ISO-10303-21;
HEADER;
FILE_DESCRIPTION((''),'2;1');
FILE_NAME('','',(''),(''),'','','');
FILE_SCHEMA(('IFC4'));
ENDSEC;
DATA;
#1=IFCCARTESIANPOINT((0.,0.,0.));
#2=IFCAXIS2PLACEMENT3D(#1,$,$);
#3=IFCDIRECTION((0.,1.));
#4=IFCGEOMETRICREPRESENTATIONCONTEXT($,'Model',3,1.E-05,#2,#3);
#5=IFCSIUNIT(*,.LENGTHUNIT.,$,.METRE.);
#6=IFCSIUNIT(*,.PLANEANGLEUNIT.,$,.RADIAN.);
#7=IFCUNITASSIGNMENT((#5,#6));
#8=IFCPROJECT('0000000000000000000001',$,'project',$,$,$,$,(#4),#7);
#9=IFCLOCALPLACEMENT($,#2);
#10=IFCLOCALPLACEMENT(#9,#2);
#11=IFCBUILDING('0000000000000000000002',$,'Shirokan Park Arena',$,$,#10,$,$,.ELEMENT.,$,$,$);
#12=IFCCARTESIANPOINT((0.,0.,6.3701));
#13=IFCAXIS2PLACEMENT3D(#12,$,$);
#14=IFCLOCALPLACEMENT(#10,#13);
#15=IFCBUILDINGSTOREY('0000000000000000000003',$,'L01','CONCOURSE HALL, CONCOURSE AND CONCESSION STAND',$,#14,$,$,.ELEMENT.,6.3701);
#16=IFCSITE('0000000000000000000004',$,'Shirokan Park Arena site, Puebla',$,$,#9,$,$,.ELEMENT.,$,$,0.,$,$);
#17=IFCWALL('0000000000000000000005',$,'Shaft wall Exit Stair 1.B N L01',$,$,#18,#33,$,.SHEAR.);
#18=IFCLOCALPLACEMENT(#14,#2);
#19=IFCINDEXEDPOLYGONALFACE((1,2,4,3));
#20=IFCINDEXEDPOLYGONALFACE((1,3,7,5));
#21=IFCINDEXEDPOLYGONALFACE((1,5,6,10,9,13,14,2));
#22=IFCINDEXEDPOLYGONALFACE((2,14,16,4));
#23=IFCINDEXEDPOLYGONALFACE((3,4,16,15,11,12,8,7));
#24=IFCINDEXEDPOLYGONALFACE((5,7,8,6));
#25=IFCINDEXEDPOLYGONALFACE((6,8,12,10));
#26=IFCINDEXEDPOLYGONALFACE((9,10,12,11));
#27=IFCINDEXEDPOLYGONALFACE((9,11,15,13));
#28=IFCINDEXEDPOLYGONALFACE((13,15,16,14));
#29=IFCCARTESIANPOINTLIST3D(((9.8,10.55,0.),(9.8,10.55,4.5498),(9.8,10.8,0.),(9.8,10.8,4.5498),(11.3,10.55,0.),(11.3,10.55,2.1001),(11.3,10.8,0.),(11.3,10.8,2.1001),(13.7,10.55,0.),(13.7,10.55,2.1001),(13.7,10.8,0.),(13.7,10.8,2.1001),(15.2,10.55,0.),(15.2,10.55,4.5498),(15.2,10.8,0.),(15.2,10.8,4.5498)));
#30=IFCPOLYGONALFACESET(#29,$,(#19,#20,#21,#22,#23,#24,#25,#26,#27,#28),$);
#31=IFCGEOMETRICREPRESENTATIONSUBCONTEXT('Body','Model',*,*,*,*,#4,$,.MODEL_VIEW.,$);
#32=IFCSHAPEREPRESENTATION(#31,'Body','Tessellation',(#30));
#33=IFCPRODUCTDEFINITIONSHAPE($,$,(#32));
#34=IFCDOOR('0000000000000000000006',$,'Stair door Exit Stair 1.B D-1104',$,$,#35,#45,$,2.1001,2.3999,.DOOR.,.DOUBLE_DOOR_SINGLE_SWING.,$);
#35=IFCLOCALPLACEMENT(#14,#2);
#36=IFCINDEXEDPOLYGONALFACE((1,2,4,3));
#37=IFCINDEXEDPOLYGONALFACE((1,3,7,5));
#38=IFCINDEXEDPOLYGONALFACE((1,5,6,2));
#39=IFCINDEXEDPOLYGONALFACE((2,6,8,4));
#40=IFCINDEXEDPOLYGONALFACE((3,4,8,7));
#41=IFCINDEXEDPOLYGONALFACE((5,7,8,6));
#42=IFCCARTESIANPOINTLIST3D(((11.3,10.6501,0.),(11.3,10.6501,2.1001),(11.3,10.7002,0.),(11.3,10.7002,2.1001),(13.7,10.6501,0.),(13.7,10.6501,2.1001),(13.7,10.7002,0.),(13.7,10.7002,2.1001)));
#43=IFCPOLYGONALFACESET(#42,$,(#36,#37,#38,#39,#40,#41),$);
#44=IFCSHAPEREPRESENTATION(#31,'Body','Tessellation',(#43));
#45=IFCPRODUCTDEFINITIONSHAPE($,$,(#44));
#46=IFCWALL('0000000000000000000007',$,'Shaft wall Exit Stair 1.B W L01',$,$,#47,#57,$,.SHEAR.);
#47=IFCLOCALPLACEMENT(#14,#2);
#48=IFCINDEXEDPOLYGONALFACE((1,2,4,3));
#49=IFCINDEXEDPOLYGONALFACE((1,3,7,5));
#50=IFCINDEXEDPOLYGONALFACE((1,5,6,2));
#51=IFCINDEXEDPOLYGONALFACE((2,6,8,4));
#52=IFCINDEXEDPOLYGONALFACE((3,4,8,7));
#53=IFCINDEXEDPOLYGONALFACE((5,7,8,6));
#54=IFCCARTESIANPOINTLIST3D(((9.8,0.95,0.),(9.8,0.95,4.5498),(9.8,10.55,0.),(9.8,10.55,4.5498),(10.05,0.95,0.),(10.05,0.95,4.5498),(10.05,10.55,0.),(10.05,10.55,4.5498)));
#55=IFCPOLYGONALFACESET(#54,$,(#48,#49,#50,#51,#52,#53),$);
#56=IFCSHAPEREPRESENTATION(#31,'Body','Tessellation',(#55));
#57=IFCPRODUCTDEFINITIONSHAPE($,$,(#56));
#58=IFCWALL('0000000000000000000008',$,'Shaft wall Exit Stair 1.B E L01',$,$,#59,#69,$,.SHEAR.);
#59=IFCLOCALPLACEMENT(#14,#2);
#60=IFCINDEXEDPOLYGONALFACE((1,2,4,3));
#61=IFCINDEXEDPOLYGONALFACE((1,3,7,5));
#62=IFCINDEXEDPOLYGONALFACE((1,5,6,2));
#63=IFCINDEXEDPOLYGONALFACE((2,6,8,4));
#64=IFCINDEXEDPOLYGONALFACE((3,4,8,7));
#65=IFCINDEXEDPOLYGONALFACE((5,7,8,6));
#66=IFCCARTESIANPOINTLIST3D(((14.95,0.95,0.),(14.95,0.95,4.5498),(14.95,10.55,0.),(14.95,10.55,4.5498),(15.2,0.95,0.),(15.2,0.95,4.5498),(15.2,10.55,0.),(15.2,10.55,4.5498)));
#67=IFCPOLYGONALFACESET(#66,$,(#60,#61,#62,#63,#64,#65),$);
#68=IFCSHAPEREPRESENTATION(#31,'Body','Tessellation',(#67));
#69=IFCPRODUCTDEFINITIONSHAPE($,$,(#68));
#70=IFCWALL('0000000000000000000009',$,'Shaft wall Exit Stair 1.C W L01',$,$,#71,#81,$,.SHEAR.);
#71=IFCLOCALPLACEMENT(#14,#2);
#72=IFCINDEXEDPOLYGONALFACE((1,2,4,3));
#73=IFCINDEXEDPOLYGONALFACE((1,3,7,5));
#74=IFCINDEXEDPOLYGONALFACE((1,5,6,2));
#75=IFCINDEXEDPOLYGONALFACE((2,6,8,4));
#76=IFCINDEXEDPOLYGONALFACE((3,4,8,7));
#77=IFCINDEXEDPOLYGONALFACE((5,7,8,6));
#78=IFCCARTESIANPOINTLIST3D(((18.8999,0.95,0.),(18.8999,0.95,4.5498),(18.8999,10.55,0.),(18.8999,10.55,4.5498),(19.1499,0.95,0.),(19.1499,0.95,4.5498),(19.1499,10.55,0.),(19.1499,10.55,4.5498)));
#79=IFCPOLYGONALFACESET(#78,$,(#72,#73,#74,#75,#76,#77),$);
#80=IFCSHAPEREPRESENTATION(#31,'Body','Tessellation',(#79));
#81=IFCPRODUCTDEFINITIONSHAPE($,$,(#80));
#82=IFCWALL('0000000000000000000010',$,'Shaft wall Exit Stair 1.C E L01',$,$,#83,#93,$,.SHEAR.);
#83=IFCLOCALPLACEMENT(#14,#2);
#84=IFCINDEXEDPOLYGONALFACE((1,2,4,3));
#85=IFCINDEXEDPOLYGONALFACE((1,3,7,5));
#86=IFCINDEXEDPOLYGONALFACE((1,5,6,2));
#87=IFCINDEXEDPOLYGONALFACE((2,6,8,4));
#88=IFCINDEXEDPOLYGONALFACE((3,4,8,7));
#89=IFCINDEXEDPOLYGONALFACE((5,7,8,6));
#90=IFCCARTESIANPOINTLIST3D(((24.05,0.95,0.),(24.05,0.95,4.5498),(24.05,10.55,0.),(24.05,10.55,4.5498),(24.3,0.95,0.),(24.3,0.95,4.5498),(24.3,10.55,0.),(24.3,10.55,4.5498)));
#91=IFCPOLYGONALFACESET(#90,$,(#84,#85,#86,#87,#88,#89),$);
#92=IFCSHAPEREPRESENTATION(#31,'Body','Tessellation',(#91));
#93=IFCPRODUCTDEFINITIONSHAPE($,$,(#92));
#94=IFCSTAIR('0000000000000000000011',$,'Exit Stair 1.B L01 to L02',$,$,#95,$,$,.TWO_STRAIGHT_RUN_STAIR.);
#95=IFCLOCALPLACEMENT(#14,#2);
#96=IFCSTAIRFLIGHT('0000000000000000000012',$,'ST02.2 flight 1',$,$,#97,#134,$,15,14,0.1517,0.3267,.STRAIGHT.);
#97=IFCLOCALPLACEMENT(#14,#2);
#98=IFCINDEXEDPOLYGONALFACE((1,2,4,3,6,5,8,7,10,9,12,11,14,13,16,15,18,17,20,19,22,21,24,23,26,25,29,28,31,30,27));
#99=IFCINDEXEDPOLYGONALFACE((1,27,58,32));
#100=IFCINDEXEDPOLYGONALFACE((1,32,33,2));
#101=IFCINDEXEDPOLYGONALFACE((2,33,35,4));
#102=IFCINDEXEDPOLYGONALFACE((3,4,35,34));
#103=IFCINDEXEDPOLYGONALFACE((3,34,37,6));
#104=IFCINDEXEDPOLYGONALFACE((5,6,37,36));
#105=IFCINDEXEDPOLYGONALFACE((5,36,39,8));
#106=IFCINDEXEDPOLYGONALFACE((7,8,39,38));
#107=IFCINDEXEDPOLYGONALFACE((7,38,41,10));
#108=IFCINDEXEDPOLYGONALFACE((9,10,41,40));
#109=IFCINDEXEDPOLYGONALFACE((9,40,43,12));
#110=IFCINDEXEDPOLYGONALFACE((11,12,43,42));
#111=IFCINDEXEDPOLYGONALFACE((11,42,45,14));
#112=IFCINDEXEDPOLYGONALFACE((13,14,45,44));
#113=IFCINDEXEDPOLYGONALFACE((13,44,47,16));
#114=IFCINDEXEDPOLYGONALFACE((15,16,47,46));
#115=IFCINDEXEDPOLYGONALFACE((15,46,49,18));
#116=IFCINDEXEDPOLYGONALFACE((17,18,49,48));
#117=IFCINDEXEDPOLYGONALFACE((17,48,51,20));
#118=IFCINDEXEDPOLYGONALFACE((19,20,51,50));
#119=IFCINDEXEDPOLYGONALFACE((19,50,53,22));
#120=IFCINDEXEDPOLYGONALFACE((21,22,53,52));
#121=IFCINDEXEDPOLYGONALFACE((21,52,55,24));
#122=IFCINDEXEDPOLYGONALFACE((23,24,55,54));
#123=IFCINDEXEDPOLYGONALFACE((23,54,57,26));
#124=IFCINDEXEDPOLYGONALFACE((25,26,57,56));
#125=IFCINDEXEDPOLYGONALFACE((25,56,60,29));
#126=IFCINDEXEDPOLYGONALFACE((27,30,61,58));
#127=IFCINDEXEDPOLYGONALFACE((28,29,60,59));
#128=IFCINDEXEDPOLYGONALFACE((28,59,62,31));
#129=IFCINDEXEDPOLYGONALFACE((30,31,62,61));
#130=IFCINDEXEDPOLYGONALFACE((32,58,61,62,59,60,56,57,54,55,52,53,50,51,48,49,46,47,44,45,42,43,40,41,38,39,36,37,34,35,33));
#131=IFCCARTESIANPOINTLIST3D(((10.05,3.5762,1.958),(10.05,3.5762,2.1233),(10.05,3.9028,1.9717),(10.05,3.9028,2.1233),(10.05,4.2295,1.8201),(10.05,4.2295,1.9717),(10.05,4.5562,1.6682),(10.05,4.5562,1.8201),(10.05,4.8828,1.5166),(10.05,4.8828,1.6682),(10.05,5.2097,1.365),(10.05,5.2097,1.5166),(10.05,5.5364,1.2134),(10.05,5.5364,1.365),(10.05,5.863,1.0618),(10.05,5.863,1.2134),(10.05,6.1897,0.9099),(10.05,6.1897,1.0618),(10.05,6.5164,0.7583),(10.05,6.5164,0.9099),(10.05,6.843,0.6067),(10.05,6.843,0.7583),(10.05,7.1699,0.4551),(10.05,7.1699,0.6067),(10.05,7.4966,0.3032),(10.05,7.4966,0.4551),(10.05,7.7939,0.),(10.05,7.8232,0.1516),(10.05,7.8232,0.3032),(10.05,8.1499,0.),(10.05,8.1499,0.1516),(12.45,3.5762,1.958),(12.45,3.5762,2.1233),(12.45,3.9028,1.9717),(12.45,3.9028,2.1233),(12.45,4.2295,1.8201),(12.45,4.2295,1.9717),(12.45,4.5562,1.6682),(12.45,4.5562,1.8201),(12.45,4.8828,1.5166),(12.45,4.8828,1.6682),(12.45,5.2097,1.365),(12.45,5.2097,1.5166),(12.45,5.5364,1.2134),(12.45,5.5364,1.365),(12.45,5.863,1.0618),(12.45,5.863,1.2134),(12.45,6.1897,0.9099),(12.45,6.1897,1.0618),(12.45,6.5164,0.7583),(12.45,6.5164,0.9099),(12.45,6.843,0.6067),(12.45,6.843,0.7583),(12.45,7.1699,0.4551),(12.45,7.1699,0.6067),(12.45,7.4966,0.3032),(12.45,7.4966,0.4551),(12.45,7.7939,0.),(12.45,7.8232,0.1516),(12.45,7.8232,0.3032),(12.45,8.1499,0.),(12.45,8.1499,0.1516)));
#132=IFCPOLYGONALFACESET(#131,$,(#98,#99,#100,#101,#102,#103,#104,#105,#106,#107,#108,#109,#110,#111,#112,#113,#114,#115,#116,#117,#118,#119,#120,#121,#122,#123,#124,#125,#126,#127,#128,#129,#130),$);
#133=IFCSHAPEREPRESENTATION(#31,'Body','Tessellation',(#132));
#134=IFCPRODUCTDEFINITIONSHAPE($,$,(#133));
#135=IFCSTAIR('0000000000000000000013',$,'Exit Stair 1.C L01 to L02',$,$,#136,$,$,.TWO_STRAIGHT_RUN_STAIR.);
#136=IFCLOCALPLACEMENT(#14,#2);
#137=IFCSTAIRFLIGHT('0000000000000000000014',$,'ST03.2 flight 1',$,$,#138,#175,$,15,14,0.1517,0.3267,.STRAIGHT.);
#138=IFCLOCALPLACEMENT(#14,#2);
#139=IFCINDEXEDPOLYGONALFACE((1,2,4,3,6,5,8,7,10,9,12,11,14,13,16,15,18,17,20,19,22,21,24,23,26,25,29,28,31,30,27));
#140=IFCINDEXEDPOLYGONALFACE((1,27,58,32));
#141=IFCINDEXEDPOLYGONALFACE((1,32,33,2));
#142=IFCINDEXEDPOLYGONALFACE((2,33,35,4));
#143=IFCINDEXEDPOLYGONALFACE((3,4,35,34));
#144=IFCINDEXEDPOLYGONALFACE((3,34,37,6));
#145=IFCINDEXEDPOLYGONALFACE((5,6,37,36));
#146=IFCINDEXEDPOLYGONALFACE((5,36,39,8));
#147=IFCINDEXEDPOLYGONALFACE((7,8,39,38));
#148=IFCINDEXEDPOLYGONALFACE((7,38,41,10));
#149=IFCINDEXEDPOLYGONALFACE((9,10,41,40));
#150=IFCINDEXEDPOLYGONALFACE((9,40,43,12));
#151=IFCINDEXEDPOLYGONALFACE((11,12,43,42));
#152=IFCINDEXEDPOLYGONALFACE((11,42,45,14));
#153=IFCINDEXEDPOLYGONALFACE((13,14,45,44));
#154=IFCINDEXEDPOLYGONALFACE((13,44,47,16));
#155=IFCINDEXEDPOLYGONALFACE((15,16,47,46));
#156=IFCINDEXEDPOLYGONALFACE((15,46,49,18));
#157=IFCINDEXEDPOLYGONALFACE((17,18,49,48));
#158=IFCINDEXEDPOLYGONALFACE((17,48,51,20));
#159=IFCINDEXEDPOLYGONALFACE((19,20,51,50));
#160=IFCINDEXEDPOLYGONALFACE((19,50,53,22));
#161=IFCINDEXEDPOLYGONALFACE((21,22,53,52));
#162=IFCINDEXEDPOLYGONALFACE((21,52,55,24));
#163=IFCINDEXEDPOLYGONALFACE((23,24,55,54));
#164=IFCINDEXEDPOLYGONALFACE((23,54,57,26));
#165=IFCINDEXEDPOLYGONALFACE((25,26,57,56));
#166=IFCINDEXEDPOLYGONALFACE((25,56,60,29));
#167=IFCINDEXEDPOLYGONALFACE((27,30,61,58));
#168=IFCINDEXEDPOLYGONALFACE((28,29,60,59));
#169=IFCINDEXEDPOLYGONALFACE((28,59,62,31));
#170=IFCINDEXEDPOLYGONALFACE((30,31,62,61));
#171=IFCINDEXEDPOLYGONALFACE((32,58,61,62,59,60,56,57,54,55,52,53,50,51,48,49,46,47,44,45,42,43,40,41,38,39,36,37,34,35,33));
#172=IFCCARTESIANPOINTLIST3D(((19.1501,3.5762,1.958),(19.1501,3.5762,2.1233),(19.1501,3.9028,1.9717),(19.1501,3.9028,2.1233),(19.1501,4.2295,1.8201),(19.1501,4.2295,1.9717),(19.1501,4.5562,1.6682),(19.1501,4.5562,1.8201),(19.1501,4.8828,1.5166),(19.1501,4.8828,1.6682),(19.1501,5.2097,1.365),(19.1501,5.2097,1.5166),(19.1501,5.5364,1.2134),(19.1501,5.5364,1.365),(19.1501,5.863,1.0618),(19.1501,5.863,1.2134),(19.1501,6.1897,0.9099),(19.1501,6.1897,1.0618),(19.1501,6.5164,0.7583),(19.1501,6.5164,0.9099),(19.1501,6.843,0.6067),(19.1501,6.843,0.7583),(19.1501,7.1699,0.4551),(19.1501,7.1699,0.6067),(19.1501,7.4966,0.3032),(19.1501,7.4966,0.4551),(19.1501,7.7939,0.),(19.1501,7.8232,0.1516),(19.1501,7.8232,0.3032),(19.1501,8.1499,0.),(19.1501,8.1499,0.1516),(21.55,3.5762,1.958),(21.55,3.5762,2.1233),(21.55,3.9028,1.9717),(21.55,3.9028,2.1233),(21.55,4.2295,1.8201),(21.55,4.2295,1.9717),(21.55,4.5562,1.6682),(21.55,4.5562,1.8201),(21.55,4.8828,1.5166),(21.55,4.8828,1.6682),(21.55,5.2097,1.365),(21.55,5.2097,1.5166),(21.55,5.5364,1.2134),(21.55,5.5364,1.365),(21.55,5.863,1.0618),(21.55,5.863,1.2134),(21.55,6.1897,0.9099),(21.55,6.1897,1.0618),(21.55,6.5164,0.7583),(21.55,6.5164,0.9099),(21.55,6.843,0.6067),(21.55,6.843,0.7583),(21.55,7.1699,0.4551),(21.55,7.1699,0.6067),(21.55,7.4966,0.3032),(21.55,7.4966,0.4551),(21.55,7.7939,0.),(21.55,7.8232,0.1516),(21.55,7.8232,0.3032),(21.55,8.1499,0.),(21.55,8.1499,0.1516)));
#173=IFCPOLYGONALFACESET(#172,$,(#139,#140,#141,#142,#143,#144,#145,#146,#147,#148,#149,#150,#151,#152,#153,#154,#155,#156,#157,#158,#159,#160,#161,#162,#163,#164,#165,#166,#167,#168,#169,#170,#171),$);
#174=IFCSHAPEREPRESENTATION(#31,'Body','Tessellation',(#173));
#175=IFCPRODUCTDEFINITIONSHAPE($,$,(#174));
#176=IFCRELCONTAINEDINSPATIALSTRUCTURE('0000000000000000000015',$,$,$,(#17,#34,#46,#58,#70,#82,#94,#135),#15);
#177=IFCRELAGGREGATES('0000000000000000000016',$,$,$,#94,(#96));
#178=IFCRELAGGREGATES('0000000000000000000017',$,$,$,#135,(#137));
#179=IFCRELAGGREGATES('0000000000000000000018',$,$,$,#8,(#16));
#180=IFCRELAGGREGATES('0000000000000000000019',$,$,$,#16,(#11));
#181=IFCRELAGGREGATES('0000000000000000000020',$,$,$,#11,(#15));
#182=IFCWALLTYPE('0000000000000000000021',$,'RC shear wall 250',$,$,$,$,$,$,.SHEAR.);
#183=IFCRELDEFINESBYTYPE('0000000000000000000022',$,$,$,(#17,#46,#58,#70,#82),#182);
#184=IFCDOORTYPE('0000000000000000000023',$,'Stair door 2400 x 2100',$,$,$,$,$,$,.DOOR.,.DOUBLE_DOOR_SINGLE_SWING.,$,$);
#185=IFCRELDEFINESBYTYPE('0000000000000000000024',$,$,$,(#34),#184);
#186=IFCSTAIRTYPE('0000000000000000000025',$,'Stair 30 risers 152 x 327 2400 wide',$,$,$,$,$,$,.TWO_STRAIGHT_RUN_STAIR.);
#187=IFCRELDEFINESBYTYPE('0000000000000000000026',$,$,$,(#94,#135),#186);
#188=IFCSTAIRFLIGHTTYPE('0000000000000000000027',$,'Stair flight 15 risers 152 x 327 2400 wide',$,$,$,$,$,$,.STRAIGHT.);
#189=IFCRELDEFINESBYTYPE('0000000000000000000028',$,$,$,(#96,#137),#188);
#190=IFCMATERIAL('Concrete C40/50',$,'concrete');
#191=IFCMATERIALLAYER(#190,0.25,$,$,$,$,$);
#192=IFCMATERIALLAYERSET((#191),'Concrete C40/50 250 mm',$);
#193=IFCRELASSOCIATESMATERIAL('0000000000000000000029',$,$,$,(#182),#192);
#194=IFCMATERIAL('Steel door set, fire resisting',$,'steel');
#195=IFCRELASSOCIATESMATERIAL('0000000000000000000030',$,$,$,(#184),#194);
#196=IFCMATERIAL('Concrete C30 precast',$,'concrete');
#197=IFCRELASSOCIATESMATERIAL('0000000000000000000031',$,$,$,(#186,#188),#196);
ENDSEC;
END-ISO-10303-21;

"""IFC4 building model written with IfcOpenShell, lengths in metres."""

from ifc_helpers import new_model, si_unit, direction, frame, frame_2d, origin, place, context, subcontext, project, spatial, polyline, rectangle, outline, extrude, material, layer, layer_set, type_object, element, fill, aggregate, save


model = new_model("IFC4")

# Units and contexts
model_context = context("Model", 3, precision=1e-05, world=origin(), true_north=direction((0.0, 1.0)))
body_context = subcontext(model_context, "Body", "Model", "MODEL_VIEW")
ifc_project = project(units=[si_unit("LENGTHUNIT", "METRE"), si_unit("PLANEANGLEUNIT", "RADIAN")], contexts=[model_context])

# Site, building, storey
site_placement = place(None, origin())
site = spatial("IfcSite", under=ifc_project, at=site_placement, Name="Shirokan Park Arena site, Puebla", CompositionType="ELEMENT", RefElevation=0.0)
building_placement = place(site_placement, origin())
building = spatial("IfcBuilding", under=site, at=building_placement, Name="Shirokan Park Arena", CompositionType="ELEMENT")
storey_placement = place(building_placement, frame((0.0, 0.0, 6.3701)))
storey = spatial("IfcBuildingStorey", under=building, at=storey_placement, Name="L01", Description="CONCOURSE HALL, CONCOURSE AND CONCESSION STAND", CompositionType="ELEMENT", Elevation=6.3701)

# Wall, opening, door
ifc_material_1 = material(Name="Concrete C40/50", Category="concrete")
ifc_layer_1 = layer(ifc_material_1, 0.25)
ifc_layer_set_1 = layer_set([ifc_layer_1], Name="Concrete C40/50 250 mm")
wall_type_1 = type_object("IfcWallType", Name="RC shear wall 250", PredefinedType="SHEAR", material=ifc_layer_set_1)
wall_1_placement = place(storey_placement, frame((15.2, 10.675, 0.0), z_axis=(0.0, 0.0, 1.0), x_axis=(-1.0, 0.0, 0.0)))
wall_1 = element("IfcWall", 1, at=wall_1_placement, inside=storey, type_object=wall_type_1, Name="Shaft wall Exit Stair 1.B N L01", PredefinedType="SHEAR", context=body_context, shape_type="SweptSolid", body=[
    extrude(rectangle(XDim=5.3999, YDim=0.25, at=frame_2d((2.7, 0.0))), origin(), (0.0, 0.0, 1.0), 4.5498),
])
opening_1_placement = place(wall_1_placement, frame((1.5, 0.0, 0.0)))
opening_1 = element("IfcOpeningElement", 2, at=opening_1_placement, cuts=wall_1, PredefinedType="OPENING", context=body_context, shape_type="SweptSolid", body=[
    extrude(rectangle(XDim=2.3999, YDim=2.1001, at=frame_2d((1.2, 1.05))), frame((0.0, 0.135, 0.0), z_axis=(0.0, -1.0, 0.0), x_axis=(1.0, 0.0, 0.0)), (0.0, 0.0, 1.0), 0.27),
])
ifc_material_2 = material(Name="Steel door set, fire resisting", Category="steel")
door_type_1 = type_object("IfcDoorType", Name="Stair door 2400 x 2100", OperationType="DOUBLE_DOOR_SINGLE_SWING", PredefinedType="DOOR", material=ifc_material_2)
door_1_placement = place(opening_1_placement, origin())
door_1 = element("IfcDoor", 3, at=door_1_placement, inside=storey, type_object=door_type_1, Name="Stair door Exit Stair 1.B D-1104", OperationType="DOUBLE_DOOR_SINGLE_SWING", OverallHeight=2.1001, OverallWidth=2.3999, PredefinedType="DOOR", context=body_context, shape_type="SweptSolid", body=[
    extrude(rectangle(XDim=2.3999, YDim=2.1001, at=frame_2d((1.2, 1.05))), frame((0.0, 0.0249, 0.0), z_axis=(0.0, -1.0, 0.0), x_axis=(1.0, 0.0, 0.0)), (0.0, 0.0, 1.0), 0.05),
])
fill(opening_1, door_1)

# Walls
for number, where, z_axis, x_axis, name in (
    (4, (9.925, 10.55, 0.0), (0.0, 0.0, 1.0), (0.0, -1.0, 0.0), "Shaft wall Exit Stair 1.B W L01"),
    (5, (15.075, 10.55, 0.0), (0.0, 0.0, 1.0), (0.0, -1.0, 0.0), "Shaft wall Exit Stair 1.B E L01"),
    (6, (19.0249, 10.55, 0.0), (0.0, 0.0, 1.0), (0.0, -1.0, 0.0), "Shaft wall Exit Stair 1.C W L01"),
    (7, (24.175, 10.55, 0.0), (0.0, 0.0, 1.0), (0.0, -1.0, 0.0), "Shaft wall Exit Stair 1.C E L01"),
):
    element("IfcWall", number, at=place(storey_placement, frame(where, z_axis=z_axis, x_axis=x_axis)), inside=storey, type_object=wall_type_1, Name=name, PredefinedType="SHEAR", context=body_context, shape_type="SweptSolid", body=[
        extrude(rectangle(XDim=9.6001, YDim=0.25, at=frame_2d((4.8, 0.0))), origin(), (0.0, 0.0, 1.0), 4.5498),
    ])

# Stairs, stair flights
ifc_material_3 = material(Name="Concrete C30 precast", Category="concrete")
stair_type = type_object("IfcStairType", Name="Stair 30 risers 152 x 327 2400 wide", PredefinedType="TWO_STRAIGHT_RUN_STAIR", material=ifc_material_3)
stair_1_placement = place(storey_placement, origin())
stair_1 = element("IfcStair", 8, at=stair_1_placement, inside=storey, type_object=stair_type, Name="Exit Stair 1.B L01 to L02", PredefinedType="TWO_STRAIGHT_RUN_STAIR")
stair_flight_type = type_object("IfcStairFlightType", Name="Stair flight 15 risers 152 x 327 2400 wide", PredefinedType="STRAIGHT", material=ifc_material_3)
stair_flight_1_placement = place(storey_placement, frame((11.25, 8.1499, 0.0), z_axis=(0.0, 0.0, 1.0), x_axis=(0.0, -1.0, 0.0)))
stair_flight_1 = element("IfcStairFlight", 9, at=stair_flight_1_placement, type_object=stair_flight_type, Name="ST02.2 flight 1", NumberOfRisers=15, NumberOfTreads=14, PredefinedType="STRAIGHT", RiserHeight=0.1517, TreadLength=0.3267, context=body_context, shape_type="SweptSolid", body=[
    extrude(outline(polyline([(0.0, 0.0), (0.0, 0.1516), (0.3267, 0.1516), (0.3267, 0.3032), (0.6533, 0.3032), (0.6533, 0.4551), (0.98, 0.4551), (0.98, 0.6067), (1.3069, 0.6067), (1.3069, 0.7583), (1.6335, 0.7583), (1.6335, 0.9099), (1.9602, 0.9099), (1.9602, 1.0618), (2.2869, 1.0618), (2.2869, 1.2134), (2.6135, 1.2134), (2.6135, 1.365), (2.9402, 1.365), (2.9402, 1.5166), (3.2671, 1.5166), (3.2671, 1.6682), (3.5938, 1.6682), (3.5938, 1.8201), (3.9204, 1.8201), (3.9204, 1.9717), (4.2471, 1.9717), (4.2471, 2.1233), (4.5737, 2.1233), (4.5737, 2.2749), (4.5737, 1.958), (0.356, 0.0), (0.0, 0.0)])), frame((0.0, 1.2, 0.0), z_axis=(0.0, -1.0, 0.0), x_axis=(1.0, 0.0, 0.0)), (0.0, 0.0, 1.0), 2.3999),
])
aggregate(stair_1, [stair_flight_1])
stair_2_placement = place(storey_placement, origin())
stair_2 = element("IfcStair", 10, at=stair_2_placement, inside=storey, type_object=stair_type, Name="Exit Stair 1.C L01 to L02", PredefinedType="TWO_STRAIGHT_RUN_STAIR")
stair_flight_2_placement = place(storey_placement, frame((20.3501, 8.1499, 0.0), z_axis=(0.0, 0.0, 1.0), x_axis=(0.0, -1.0, 0.0)))
stair_flight_2 = element("IfcStairFlight", 11, at=stair_flight_2_placement, type_object=stair_flight_type, Name="ST03.2 flight 1", NumberOfRisers=15, NumberOfTreads=14, PredefinedType="STRAIGHT", RiserHeight=0.1517, TreadLength=0.3267, context=body_context, shape_type="SweptSolid", body=[
    extrude(outline(polyline([(0.0, 0.0), (0.0, 0.1516), (0.3267, 0.1516), (0.3267, 0.3032), (0.6533, 0.3032), (0.6533, 0.4551), (0.98, 0.4551), (0.98, 0.6067), (1.3069, 0.6067), (1.3069, 0.7583), (1.6335, 0.7583), (1.6335, 0.9099), (1.9602, 0.9099), (1.9602, 1.0618), (2.2869, 1.0618), (2.2869, 1.2134), (2.6135, 1.2134), (2.6135, 1.365), (2.9402, 1.365), (2.9402, 1.5166), (3.2671, 1.5166), (3.2671, 1.6682), (3.5938, 1.6682), (3.5938, 1.8201), (3.9204, 1.8201), (3.9204, 1.9717), (4.2471, 1.9717), (4.2471, 2.1233), (4.5737, 2.1233), (4.5737, 2.2749), (4.5737, 1.958), (0.356, 0.0), (0.0, 0.0)])), frame((0.0, 1.2, 0.0), z_axis=(0.0, -1.0, 0.0), x_axis=(1.0, 0.0, 0.0)), (0.0, 0.0, 1.0), 2.3999),
])
aggregate(stair_2, [stair_flight_2])

save(model, "model.ifc")
